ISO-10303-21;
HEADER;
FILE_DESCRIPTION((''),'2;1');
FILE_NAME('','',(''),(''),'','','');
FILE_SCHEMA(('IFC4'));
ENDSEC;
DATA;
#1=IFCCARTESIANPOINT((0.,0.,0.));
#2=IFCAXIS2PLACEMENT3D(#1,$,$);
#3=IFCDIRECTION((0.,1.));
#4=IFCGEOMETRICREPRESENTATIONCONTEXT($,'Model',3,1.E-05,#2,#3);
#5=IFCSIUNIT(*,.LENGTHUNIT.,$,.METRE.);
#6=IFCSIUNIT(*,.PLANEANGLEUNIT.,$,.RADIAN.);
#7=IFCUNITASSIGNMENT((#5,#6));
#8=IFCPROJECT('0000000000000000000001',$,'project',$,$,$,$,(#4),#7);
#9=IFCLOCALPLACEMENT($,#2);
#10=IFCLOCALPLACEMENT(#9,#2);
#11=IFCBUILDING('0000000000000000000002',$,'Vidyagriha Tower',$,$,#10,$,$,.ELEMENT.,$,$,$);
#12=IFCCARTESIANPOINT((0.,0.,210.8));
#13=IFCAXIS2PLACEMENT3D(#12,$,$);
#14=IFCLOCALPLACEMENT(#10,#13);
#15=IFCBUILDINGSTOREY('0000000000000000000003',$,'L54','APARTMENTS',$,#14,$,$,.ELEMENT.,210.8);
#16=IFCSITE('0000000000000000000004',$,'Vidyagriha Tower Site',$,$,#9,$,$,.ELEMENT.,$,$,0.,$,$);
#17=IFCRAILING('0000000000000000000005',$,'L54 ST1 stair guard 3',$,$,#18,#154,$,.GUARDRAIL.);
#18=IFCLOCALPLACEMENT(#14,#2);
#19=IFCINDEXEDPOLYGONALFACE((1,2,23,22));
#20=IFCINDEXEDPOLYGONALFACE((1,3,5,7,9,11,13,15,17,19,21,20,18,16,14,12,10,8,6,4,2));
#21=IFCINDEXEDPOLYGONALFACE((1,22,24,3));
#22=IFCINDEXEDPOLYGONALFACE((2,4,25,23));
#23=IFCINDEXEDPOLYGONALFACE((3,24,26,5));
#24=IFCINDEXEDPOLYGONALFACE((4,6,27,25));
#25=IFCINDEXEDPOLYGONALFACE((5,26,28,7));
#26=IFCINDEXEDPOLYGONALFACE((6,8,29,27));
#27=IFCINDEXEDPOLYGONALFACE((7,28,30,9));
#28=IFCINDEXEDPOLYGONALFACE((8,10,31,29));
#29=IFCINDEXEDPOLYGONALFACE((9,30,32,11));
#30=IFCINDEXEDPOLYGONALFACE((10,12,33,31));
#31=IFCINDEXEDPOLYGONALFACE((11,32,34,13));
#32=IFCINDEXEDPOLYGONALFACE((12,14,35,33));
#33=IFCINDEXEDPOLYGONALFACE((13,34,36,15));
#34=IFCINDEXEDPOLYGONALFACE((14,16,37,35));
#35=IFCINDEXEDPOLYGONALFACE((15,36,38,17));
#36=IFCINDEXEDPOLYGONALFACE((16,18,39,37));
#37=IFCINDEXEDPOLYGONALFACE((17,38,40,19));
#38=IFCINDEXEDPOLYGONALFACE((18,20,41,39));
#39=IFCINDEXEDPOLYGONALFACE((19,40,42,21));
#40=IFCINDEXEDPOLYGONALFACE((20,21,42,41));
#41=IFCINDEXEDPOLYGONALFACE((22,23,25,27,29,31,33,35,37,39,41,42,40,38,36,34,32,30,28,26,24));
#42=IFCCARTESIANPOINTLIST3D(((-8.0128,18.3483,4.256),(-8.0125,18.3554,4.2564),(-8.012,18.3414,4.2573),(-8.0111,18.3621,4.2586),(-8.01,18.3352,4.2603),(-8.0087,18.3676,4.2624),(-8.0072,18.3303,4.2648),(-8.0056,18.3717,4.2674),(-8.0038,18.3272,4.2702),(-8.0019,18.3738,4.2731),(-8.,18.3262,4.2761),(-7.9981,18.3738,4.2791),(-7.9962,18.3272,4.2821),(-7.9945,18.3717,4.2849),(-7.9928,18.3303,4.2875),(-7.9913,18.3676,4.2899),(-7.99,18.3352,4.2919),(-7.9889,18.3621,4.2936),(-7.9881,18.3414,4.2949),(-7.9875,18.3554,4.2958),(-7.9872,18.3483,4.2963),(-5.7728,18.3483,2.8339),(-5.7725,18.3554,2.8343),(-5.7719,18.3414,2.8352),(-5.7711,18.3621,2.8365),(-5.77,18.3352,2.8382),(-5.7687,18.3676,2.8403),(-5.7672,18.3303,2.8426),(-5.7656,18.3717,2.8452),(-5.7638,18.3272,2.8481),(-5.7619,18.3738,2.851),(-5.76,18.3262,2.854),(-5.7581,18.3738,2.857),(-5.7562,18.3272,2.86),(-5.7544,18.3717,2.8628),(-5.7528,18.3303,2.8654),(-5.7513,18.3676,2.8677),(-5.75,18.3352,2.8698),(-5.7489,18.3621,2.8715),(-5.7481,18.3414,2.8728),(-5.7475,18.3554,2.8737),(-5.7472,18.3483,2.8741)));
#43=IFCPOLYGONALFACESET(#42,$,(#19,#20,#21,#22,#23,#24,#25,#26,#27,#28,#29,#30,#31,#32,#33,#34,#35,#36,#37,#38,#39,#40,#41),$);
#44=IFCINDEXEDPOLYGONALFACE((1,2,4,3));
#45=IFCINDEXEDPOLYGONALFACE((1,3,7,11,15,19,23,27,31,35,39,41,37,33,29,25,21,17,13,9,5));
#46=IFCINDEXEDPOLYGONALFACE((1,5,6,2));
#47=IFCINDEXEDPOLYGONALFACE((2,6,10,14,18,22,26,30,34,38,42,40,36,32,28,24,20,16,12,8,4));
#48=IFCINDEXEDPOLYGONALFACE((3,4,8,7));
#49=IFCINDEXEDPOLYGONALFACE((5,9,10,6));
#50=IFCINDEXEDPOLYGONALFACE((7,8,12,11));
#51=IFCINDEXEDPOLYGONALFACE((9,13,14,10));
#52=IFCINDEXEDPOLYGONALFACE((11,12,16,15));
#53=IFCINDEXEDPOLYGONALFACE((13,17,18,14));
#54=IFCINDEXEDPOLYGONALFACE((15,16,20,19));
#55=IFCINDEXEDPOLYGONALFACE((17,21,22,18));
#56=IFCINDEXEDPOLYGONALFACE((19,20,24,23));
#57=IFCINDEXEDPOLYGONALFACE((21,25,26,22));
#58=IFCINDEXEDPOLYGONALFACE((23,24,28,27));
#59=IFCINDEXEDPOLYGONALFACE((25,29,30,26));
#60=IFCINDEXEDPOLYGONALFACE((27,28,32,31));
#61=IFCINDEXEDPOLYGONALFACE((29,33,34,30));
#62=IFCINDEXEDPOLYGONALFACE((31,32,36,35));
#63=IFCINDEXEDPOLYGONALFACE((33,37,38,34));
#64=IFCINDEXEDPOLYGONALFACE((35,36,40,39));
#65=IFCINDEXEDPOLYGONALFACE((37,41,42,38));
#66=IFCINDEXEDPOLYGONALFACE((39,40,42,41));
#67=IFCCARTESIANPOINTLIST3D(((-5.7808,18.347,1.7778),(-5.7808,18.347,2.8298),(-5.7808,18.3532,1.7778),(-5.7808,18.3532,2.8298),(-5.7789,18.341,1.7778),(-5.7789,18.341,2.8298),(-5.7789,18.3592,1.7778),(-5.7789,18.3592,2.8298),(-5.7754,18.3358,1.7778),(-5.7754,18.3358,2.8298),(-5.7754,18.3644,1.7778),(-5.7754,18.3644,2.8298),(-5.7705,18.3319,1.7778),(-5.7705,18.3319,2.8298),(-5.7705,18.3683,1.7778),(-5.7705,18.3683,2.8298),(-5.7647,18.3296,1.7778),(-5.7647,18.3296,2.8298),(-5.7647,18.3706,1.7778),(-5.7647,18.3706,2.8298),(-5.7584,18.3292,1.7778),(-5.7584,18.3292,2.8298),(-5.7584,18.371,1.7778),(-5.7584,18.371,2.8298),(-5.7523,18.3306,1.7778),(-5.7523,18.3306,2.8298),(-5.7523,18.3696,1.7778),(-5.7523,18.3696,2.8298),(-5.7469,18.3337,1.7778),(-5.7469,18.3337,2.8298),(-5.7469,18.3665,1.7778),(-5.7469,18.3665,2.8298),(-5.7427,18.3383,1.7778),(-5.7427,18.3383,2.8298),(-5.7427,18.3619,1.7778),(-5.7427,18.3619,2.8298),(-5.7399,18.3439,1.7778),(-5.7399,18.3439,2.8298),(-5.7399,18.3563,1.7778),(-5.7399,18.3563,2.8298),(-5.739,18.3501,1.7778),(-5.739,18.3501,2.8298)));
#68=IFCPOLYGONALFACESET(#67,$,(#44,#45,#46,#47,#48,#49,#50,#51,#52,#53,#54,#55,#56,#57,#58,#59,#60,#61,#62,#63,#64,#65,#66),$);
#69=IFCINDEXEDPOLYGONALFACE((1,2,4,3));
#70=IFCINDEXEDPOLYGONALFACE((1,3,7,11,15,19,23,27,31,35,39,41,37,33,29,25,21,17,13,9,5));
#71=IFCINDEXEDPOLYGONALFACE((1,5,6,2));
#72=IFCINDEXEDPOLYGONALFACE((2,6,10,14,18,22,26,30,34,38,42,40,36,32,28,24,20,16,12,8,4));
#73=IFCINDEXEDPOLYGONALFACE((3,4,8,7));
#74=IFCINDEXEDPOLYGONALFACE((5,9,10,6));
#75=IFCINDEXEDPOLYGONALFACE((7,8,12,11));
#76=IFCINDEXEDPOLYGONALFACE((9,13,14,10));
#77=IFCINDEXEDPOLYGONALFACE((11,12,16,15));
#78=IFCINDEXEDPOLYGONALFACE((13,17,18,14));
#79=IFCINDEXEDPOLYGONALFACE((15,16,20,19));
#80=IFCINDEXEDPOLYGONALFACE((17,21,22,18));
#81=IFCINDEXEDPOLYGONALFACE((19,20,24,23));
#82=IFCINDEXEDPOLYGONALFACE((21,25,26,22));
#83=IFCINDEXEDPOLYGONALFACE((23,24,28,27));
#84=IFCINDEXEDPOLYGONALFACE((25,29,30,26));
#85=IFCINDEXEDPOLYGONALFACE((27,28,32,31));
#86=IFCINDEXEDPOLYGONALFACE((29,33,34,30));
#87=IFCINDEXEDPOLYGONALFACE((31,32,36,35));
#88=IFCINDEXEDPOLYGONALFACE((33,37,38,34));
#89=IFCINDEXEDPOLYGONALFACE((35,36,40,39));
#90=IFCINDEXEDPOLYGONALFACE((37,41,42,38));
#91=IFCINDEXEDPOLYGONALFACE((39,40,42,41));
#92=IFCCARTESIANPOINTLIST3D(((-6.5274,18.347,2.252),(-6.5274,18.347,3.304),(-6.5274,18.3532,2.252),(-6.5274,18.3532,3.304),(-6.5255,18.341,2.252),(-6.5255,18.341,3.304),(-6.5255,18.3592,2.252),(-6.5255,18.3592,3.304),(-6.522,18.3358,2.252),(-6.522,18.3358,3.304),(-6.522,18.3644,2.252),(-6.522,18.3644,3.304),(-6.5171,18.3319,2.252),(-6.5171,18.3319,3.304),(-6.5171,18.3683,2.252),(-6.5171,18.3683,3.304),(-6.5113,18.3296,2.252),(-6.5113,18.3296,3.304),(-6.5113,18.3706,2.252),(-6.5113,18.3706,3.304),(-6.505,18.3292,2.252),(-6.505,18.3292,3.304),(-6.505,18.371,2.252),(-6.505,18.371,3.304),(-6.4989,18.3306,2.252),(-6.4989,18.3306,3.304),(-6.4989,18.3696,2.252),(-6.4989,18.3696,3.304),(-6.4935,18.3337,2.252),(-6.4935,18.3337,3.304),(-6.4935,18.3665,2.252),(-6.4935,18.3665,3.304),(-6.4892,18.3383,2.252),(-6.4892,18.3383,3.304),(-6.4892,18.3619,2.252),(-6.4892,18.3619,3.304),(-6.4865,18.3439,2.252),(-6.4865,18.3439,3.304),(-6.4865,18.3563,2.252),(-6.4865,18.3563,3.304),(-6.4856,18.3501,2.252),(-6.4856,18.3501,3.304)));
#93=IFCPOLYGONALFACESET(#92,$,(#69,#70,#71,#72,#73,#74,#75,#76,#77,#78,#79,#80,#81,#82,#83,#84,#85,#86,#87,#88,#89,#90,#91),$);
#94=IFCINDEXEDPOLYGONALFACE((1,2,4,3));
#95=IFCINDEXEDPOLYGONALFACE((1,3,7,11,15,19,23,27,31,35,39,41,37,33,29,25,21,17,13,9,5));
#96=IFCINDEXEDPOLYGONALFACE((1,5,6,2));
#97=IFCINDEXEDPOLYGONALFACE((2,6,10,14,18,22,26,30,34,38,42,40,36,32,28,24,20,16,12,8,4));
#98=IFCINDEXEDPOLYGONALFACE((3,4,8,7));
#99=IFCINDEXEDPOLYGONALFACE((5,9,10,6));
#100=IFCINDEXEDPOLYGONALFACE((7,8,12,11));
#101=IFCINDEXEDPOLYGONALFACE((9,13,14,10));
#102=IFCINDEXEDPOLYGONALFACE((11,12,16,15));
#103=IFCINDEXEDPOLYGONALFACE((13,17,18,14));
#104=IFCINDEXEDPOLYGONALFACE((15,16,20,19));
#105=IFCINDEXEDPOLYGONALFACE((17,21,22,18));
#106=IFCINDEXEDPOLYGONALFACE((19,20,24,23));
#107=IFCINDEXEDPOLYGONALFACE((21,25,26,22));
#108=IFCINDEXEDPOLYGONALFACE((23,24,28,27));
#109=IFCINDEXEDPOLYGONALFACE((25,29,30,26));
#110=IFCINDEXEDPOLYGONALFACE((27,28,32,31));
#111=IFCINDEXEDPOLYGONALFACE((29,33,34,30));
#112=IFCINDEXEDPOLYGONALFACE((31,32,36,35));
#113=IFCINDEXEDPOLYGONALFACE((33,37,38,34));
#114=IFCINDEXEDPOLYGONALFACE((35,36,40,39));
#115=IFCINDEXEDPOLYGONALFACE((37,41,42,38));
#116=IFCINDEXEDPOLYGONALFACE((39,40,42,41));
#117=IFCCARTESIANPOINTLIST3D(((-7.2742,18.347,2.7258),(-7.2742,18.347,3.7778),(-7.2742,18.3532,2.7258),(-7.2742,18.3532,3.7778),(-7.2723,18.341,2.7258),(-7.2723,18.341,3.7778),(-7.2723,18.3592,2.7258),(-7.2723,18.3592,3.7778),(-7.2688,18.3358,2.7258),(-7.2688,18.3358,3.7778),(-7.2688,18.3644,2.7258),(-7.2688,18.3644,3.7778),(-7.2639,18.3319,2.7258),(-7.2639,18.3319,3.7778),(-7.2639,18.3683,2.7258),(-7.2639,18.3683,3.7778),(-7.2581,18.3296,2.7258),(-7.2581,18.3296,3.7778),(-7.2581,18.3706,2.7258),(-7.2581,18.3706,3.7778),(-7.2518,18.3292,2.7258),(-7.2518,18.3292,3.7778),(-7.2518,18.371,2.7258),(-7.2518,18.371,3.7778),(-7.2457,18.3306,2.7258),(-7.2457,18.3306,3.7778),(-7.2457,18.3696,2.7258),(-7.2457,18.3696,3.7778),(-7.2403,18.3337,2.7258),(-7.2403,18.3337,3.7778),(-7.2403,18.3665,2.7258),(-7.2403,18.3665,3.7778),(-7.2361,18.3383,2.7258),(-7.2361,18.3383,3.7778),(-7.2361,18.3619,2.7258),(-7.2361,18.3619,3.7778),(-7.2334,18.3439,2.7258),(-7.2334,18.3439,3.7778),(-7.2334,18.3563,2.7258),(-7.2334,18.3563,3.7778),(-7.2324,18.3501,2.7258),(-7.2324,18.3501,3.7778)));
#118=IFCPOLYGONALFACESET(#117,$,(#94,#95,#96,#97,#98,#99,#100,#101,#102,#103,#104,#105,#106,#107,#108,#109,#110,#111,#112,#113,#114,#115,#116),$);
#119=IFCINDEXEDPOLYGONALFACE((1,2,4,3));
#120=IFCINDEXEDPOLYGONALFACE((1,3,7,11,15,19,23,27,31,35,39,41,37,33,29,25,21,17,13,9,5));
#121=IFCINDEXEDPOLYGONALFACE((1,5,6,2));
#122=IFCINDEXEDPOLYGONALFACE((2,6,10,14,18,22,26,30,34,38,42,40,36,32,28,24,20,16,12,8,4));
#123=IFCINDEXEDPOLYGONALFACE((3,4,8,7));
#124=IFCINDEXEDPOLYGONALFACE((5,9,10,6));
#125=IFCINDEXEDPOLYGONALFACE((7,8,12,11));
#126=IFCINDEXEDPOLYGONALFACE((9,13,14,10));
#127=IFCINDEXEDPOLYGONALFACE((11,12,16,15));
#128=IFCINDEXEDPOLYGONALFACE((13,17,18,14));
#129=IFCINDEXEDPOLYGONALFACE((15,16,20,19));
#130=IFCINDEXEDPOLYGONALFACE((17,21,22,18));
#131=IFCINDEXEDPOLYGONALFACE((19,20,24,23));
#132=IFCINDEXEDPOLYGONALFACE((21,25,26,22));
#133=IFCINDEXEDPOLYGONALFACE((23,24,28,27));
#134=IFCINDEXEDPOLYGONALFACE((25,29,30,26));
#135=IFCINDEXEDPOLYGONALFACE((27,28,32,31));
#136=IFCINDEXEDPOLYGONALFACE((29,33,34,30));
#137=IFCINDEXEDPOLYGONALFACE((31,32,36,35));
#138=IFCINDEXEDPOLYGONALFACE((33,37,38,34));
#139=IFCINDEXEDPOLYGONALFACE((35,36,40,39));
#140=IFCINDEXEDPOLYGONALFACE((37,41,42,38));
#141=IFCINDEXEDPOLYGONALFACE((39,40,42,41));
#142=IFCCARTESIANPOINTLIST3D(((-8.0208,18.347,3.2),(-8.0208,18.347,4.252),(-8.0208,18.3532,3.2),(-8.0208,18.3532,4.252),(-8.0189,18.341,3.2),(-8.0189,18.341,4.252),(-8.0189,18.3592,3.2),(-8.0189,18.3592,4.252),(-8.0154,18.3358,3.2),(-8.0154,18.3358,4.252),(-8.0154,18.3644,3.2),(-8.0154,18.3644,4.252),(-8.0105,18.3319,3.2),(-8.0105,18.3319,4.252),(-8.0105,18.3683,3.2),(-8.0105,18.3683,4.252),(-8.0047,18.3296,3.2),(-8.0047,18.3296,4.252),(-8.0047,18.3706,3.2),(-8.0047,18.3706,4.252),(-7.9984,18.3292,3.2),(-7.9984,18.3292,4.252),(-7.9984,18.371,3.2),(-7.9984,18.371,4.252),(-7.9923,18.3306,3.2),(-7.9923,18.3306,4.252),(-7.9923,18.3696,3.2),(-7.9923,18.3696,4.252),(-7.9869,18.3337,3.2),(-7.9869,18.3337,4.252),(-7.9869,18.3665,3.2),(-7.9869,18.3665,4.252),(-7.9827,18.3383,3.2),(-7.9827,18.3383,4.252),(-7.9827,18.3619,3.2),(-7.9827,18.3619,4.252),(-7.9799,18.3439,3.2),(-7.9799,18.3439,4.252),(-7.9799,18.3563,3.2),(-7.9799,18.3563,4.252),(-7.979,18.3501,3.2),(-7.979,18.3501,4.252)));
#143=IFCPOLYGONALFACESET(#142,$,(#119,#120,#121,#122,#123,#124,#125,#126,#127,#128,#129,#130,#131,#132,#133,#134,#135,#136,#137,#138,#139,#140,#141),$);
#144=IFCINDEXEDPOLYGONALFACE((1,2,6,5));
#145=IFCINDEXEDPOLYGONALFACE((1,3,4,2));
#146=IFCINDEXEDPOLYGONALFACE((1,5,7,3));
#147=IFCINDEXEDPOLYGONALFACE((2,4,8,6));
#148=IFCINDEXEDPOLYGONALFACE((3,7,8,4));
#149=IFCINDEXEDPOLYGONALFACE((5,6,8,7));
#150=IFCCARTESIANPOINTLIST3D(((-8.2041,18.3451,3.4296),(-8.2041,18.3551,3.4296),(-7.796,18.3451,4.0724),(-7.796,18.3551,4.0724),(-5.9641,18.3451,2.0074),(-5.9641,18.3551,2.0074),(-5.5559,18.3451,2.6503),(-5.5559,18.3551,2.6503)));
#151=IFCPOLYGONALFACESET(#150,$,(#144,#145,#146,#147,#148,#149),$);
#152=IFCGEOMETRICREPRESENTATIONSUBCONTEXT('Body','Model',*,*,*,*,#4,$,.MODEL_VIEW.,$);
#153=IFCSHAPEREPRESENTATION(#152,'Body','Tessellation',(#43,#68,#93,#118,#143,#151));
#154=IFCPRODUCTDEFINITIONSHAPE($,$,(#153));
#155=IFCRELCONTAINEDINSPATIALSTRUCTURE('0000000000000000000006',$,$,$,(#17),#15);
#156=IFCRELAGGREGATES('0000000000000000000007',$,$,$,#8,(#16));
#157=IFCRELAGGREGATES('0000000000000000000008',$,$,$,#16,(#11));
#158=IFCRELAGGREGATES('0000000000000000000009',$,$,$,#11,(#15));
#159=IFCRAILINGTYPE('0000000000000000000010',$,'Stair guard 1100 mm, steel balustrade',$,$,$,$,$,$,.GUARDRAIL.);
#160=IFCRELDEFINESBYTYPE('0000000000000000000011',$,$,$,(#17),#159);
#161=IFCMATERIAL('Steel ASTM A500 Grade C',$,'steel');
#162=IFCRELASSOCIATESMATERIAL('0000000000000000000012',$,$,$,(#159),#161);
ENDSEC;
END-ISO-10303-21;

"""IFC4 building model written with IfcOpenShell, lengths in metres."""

from ifc_helpers import new_model, si_unit, direction, frame, origin, origin_2d, place, context, subcontext, project, spatial, rectangle, circle, extrude, material, type_object, element, save


model = new_model("IFC4")

# Units and contexts
model_context = context("Model", 3, precision=1e-05, world=origin(), true_north=direction((0.0, 1.0)))
body_context = subcontext(model_context, "Body", "Model", "MODEL_VIEW")
ifc_project = project(units=[si_unit("LENGTHUNIT", "METRE"), si_unit("PLANEANGLEUNIT", "RADIAN")], contexts=[model_context])

# Site, building, storey
site_placement = place(None, origin())
site = spatial("IfcSite", under=ifc_project, at=site_placement, Name="Vidyagriha Tower Site", CompositionType="ELEMENT", RefElevation=0.0)
building_placement = place(site_placement, origin())
building = spatial("IfcBuilding", under=site, at=building_placement, Name="Vidyagriha Tower", CompositionType="ELEMENT")
storey_placement = place(building_placement, frame((0.0, 0.0, 210.8)))
storey = spatial("IfcBuildingStorey", under=building, at=storey_placement, Name="L54", Description="APARTMENTS", CompositionType="ELEMENT", Elevation=210.8)

# Railing
ifc_material_1 = material(Name="Steel ASTM A500 Grade C", Category="steel")
railing_type_1 = type_object("IfcRailingType", Name="Stair guard 1100 mm, steel balustrade", PredefinedType="GUARDRAIL", material=ifc_material_1)
railing_1_placement = place(storey_placement, frame((-5.76, 18.3501, 1.7778)))
element("IfcRailing", 1, at=railing_1_placement, inside=storey, type_object=railing_type_1, Name="L54 ST1 stair guard 3", PredefinedType="GUARDRAIL", context=body_context, shape_type="SweptSolid", body=[
    extrude(circle(Radius=0.0239, at=origin_2d()), frame((0.0, 0.0, 1.0762), z_axis=(-0.844229, 0.0, 0.535982), x_axis=(0.0, -1.0, 0.0)), (0.0, 0.0, 1.0), 2.6533),
    extrude(circle(Radius=0.021, at=origin_2d()), origin(), (0.0, 0.0, 1.0), 1.052),
    extrude(circle(Radius=0.021, at=origin_2d()), frame((-0.7466, 0.0, 0.4741)), (0.0, 0.0, 1.0), 1.052),
    extrude(circle(Radius=0.021, at=origin_2d()), frame((-1.4934, 0.0, 0.948)), (0.0, 0.0, 1.0), 1.052),
    extrude(circle(Radius=0.021, at=origin_2d()), frame((-2.24, 0.0, 1.4221)), (0.0, 0.0, 1.0), 1.052),
    extrude(rectangle(XDim=0.01, YDim=0.7615, at=origin_2d()), frame((0.0, 0.0, 0.551), z_axis=(-0.844229, 0.0, 0.535982), x_axis=(0.0, -1.0, 0.0)), (0.0, 0.0, 1.0), 2.6533),
])

save(model, "model.ifc")
